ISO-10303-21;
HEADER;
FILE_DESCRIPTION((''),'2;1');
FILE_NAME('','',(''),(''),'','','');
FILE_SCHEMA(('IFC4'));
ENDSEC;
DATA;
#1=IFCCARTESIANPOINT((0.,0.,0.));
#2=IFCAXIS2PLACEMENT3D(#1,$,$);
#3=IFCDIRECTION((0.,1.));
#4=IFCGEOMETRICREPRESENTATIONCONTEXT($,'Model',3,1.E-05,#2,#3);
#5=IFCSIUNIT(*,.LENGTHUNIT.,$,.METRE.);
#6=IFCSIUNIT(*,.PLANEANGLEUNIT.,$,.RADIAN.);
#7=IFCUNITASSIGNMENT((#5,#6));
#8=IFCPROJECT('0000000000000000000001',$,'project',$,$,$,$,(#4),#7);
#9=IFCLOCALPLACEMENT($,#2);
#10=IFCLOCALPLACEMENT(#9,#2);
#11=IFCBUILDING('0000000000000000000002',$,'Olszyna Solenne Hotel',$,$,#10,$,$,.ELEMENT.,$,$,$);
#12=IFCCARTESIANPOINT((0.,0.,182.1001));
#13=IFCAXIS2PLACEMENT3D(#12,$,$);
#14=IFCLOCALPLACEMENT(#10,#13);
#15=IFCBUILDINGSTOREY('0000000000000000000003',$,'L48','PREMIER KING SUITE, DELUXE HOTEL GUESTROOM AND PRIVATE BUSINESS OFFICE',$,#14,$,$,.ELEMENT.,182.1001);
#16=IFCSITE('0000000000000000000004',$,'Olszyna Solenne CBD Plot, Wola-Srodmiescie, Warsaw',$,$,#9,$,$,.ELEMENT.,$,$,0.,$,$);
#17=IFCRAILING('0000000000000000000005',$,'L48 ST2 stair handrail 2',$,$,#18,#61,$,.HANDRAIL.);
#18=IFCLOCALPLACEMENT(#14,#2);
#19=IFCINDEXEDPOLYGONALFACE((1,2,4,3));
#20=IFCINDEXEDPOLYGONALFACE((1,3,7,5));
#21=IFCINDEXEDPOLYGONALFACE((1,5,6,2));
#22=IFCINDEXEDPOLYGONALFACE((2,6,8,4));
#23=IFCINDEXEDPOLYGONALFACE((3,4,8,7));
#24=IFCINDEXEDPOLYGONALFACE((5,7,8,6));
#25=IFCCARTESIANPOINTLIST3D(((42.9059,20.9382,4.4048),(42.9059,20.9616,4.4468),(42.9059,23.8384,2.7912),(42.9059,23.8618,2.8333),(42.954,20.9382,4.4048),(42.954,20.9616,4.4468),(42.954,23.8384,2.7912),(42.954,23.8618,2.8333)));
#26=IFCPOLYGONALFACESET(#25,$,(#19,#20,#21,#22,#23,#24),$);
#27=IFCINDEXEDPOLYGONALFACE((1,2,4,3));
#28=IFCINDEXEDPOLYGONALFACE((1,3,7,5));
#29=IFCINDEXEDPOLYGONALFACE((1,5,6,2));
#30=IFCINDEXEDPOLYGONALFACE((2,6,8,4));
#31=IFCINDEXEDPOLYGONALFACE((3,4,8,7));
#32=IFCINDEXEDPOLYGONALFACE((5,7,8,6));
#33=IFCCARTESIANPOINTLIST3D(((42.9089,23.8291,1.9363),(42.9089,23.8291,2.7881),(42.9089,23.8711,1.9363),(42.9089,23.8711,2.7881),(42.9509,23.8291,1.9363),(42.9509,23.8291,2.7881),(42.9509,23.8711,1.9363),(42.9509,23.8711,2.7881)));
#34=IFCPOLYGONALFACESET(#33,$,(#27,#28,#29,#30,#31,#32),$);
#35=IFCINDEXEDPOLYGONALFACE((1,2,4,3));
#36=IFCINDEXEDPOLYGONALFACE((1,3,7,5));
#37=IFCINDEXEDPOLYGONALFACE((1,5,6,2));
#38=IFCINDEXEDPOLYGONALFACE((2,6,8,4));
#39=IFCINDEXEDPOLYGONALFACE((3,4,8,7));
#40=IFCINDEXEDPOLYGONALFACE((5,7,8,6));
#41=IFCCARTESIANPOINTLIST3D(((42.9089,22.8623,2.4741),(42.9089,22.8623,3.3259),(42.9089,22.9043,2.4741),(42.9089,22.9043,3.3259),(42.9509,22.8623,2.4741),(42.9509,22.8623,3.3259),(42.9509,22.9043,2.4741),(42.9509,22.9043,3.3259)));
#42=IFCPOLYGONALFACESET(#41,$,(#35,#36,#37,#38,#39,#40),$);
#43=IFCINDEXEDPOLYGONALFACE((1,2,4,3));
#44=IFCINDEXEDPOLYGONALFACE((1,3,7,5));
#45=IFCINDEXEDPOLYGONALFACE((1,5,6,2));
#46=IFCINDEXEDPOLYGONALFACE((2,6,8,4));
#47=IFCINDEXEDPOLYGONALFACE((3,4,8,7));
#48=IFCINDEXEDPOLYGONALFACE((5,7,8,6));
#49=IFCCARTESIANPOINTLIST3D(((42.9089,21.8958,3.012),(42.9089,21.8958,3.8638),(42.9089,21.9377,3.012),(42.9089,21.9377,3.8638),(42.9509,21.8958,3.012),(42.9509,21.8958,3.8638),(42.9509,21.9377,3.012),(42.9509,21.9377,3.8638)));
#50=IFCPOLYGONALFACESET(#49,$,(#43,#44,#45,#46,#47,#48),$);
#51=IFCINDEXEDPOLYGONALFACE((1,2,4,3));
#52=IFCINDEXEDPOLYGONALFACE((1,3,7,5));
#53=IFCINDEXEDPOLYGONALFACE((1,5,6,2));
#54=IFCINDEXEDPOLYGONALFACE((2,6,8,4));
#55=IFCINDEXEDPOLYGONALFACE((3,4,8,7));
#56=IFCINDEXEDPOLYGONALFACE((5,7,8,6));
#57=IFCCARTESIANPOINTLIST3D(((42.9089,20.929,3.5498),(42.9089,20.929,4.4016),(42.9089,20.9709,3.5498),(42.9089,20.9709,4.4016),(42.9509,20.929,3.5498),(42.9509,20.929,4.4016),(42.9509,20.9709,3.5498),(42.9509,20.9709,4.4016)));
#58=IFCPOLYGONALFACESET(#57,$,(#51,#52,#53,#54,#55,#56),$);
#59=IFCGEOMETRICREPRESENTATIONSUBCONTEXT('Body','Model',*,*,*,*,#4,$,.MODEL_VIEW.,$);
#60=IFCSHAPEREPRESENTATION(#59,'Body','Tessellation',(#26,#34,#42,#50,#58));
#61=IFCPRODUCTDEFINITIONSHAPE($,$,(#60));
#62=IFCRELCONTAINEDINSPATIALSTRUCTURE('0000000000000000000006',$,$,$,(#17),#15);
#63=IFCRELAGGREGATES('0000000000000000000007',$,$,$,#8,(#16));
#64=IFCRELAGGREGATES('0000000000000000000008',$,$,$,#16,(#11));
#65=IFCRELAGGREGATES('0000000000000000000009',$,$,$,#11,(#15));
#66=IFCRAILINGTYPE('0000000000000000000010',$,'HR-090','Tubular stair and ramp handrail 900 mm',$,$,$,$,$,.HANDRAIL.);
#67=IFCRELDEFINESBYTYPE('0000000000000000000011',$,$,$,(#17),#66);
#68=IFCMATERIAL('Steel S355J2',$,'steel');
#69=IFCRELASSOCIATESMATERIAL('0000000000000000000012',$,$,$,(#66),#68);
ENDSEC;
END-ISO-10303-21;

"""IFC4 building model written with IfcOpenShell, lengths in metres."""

from ifc_helpers import new_model, si_unit, direction, frame, origin, origin_2d, place, context, subcontext, project, spatial, rectangle, extrude, material, type_object, element, save


model = new_model("IFC4")

# Units and contexts
model_context = context("Model", 3, precision=1e-05, world=origin(), true_north=direction((0.0, 1.0)))
body_context = subcontext(model_context, "Body", "Model", "MODEL_VIEW")
ifc_project = project(units=[si_unit("LENGTHUNIT", "METRE"), si_unit("PLANEANGLEUNIT", "RADIAN")], contexts=[model_context])

# Site, building, storey
site_placement = place(None, origin())
site = spatial("IfcSite", under=ifc_project, at=site_placement, Name="Olszyna Solenne CBD Plot, Wola-Srodmiescie, Warsaw", CompositionType="ELEMENT", RefElevation=0.0)
building_placement = place(site_placement, origin())
building = spatial("IfcBuilding", under=site, at=building_placement, Name="Olszyna Solenne Hotel", CompositionType="ELEMENT")
storey_placement = place(building_placement, frame((0.0, 0.0, 182.1001)))
storey = spatial("IfcBuildingStorey", under=building, at=storey_placement, Name="L48", Description="PREMIER KING SUITE, DELUXE HOTEL GUESTROOM AND PRIVATE BUSINESS OFFICE", CompositionType="ELEMENT", Elevation=182.1001)

# Shared definitions
ifc_material_1 = material(Name="Steel S355J2", Category="steel")

# Railing
railing_type_1 = type_object("IfcRailingType", Name="HR-090", Description="Tubular stair and ramp handrail 900 mm", PredefinedType="HANDRAIL", material=ifc_material_1)
railing_1_placement = place(storey_placement, frame((42.9299, 23.8501, 1.9363)))
element("IfcRailing", 1, at=railing_1_placement, inside=storey, type_object=railing_type_1, Name="L48 ST2 stair handrail 2", PredefinedType="HANDRAIL", context=body_context, shape_type="SweptSolid", body=[
    extrude(rectangle(XDim=0.0481, YDim=0.0481, at=origin_2d()), frame((0.0, 0.0, 0.876), z_axis=(0.0, -0.873859, 0.48618), x_axis=(1.0, 0.0, 0.0)), (0.0, 0.0, 1.0), 3.3188),
    extrude(rectangle(XDim=0.042, YDim=0.042, at=origin_2d()), origin(), (0.0, 0.0, 1.0), 0.8518),
    extrude(rectangle(XDim=0.042, YDim=0.042, at=origin_2d()), frame((0.0, -0.9668, 0.5378)), (0.0, 0.0, 1.0), 0.8518),
    extrude(rectangle(XDim=0.042, YDim=0.042, at=origin_2d()), frame((0.0, -1.9333, 1.0757)), (0.0, 0.0, 1.0), 0.8518),
    extrude(rectangle(XDim=0.042, YDim=0.042, at=origin_2d()), frame((0.0, -2.9001, 1.6135)), (0.0, 0.0, 1.0), 0.8518),
])

save(model, "model.ifc")
